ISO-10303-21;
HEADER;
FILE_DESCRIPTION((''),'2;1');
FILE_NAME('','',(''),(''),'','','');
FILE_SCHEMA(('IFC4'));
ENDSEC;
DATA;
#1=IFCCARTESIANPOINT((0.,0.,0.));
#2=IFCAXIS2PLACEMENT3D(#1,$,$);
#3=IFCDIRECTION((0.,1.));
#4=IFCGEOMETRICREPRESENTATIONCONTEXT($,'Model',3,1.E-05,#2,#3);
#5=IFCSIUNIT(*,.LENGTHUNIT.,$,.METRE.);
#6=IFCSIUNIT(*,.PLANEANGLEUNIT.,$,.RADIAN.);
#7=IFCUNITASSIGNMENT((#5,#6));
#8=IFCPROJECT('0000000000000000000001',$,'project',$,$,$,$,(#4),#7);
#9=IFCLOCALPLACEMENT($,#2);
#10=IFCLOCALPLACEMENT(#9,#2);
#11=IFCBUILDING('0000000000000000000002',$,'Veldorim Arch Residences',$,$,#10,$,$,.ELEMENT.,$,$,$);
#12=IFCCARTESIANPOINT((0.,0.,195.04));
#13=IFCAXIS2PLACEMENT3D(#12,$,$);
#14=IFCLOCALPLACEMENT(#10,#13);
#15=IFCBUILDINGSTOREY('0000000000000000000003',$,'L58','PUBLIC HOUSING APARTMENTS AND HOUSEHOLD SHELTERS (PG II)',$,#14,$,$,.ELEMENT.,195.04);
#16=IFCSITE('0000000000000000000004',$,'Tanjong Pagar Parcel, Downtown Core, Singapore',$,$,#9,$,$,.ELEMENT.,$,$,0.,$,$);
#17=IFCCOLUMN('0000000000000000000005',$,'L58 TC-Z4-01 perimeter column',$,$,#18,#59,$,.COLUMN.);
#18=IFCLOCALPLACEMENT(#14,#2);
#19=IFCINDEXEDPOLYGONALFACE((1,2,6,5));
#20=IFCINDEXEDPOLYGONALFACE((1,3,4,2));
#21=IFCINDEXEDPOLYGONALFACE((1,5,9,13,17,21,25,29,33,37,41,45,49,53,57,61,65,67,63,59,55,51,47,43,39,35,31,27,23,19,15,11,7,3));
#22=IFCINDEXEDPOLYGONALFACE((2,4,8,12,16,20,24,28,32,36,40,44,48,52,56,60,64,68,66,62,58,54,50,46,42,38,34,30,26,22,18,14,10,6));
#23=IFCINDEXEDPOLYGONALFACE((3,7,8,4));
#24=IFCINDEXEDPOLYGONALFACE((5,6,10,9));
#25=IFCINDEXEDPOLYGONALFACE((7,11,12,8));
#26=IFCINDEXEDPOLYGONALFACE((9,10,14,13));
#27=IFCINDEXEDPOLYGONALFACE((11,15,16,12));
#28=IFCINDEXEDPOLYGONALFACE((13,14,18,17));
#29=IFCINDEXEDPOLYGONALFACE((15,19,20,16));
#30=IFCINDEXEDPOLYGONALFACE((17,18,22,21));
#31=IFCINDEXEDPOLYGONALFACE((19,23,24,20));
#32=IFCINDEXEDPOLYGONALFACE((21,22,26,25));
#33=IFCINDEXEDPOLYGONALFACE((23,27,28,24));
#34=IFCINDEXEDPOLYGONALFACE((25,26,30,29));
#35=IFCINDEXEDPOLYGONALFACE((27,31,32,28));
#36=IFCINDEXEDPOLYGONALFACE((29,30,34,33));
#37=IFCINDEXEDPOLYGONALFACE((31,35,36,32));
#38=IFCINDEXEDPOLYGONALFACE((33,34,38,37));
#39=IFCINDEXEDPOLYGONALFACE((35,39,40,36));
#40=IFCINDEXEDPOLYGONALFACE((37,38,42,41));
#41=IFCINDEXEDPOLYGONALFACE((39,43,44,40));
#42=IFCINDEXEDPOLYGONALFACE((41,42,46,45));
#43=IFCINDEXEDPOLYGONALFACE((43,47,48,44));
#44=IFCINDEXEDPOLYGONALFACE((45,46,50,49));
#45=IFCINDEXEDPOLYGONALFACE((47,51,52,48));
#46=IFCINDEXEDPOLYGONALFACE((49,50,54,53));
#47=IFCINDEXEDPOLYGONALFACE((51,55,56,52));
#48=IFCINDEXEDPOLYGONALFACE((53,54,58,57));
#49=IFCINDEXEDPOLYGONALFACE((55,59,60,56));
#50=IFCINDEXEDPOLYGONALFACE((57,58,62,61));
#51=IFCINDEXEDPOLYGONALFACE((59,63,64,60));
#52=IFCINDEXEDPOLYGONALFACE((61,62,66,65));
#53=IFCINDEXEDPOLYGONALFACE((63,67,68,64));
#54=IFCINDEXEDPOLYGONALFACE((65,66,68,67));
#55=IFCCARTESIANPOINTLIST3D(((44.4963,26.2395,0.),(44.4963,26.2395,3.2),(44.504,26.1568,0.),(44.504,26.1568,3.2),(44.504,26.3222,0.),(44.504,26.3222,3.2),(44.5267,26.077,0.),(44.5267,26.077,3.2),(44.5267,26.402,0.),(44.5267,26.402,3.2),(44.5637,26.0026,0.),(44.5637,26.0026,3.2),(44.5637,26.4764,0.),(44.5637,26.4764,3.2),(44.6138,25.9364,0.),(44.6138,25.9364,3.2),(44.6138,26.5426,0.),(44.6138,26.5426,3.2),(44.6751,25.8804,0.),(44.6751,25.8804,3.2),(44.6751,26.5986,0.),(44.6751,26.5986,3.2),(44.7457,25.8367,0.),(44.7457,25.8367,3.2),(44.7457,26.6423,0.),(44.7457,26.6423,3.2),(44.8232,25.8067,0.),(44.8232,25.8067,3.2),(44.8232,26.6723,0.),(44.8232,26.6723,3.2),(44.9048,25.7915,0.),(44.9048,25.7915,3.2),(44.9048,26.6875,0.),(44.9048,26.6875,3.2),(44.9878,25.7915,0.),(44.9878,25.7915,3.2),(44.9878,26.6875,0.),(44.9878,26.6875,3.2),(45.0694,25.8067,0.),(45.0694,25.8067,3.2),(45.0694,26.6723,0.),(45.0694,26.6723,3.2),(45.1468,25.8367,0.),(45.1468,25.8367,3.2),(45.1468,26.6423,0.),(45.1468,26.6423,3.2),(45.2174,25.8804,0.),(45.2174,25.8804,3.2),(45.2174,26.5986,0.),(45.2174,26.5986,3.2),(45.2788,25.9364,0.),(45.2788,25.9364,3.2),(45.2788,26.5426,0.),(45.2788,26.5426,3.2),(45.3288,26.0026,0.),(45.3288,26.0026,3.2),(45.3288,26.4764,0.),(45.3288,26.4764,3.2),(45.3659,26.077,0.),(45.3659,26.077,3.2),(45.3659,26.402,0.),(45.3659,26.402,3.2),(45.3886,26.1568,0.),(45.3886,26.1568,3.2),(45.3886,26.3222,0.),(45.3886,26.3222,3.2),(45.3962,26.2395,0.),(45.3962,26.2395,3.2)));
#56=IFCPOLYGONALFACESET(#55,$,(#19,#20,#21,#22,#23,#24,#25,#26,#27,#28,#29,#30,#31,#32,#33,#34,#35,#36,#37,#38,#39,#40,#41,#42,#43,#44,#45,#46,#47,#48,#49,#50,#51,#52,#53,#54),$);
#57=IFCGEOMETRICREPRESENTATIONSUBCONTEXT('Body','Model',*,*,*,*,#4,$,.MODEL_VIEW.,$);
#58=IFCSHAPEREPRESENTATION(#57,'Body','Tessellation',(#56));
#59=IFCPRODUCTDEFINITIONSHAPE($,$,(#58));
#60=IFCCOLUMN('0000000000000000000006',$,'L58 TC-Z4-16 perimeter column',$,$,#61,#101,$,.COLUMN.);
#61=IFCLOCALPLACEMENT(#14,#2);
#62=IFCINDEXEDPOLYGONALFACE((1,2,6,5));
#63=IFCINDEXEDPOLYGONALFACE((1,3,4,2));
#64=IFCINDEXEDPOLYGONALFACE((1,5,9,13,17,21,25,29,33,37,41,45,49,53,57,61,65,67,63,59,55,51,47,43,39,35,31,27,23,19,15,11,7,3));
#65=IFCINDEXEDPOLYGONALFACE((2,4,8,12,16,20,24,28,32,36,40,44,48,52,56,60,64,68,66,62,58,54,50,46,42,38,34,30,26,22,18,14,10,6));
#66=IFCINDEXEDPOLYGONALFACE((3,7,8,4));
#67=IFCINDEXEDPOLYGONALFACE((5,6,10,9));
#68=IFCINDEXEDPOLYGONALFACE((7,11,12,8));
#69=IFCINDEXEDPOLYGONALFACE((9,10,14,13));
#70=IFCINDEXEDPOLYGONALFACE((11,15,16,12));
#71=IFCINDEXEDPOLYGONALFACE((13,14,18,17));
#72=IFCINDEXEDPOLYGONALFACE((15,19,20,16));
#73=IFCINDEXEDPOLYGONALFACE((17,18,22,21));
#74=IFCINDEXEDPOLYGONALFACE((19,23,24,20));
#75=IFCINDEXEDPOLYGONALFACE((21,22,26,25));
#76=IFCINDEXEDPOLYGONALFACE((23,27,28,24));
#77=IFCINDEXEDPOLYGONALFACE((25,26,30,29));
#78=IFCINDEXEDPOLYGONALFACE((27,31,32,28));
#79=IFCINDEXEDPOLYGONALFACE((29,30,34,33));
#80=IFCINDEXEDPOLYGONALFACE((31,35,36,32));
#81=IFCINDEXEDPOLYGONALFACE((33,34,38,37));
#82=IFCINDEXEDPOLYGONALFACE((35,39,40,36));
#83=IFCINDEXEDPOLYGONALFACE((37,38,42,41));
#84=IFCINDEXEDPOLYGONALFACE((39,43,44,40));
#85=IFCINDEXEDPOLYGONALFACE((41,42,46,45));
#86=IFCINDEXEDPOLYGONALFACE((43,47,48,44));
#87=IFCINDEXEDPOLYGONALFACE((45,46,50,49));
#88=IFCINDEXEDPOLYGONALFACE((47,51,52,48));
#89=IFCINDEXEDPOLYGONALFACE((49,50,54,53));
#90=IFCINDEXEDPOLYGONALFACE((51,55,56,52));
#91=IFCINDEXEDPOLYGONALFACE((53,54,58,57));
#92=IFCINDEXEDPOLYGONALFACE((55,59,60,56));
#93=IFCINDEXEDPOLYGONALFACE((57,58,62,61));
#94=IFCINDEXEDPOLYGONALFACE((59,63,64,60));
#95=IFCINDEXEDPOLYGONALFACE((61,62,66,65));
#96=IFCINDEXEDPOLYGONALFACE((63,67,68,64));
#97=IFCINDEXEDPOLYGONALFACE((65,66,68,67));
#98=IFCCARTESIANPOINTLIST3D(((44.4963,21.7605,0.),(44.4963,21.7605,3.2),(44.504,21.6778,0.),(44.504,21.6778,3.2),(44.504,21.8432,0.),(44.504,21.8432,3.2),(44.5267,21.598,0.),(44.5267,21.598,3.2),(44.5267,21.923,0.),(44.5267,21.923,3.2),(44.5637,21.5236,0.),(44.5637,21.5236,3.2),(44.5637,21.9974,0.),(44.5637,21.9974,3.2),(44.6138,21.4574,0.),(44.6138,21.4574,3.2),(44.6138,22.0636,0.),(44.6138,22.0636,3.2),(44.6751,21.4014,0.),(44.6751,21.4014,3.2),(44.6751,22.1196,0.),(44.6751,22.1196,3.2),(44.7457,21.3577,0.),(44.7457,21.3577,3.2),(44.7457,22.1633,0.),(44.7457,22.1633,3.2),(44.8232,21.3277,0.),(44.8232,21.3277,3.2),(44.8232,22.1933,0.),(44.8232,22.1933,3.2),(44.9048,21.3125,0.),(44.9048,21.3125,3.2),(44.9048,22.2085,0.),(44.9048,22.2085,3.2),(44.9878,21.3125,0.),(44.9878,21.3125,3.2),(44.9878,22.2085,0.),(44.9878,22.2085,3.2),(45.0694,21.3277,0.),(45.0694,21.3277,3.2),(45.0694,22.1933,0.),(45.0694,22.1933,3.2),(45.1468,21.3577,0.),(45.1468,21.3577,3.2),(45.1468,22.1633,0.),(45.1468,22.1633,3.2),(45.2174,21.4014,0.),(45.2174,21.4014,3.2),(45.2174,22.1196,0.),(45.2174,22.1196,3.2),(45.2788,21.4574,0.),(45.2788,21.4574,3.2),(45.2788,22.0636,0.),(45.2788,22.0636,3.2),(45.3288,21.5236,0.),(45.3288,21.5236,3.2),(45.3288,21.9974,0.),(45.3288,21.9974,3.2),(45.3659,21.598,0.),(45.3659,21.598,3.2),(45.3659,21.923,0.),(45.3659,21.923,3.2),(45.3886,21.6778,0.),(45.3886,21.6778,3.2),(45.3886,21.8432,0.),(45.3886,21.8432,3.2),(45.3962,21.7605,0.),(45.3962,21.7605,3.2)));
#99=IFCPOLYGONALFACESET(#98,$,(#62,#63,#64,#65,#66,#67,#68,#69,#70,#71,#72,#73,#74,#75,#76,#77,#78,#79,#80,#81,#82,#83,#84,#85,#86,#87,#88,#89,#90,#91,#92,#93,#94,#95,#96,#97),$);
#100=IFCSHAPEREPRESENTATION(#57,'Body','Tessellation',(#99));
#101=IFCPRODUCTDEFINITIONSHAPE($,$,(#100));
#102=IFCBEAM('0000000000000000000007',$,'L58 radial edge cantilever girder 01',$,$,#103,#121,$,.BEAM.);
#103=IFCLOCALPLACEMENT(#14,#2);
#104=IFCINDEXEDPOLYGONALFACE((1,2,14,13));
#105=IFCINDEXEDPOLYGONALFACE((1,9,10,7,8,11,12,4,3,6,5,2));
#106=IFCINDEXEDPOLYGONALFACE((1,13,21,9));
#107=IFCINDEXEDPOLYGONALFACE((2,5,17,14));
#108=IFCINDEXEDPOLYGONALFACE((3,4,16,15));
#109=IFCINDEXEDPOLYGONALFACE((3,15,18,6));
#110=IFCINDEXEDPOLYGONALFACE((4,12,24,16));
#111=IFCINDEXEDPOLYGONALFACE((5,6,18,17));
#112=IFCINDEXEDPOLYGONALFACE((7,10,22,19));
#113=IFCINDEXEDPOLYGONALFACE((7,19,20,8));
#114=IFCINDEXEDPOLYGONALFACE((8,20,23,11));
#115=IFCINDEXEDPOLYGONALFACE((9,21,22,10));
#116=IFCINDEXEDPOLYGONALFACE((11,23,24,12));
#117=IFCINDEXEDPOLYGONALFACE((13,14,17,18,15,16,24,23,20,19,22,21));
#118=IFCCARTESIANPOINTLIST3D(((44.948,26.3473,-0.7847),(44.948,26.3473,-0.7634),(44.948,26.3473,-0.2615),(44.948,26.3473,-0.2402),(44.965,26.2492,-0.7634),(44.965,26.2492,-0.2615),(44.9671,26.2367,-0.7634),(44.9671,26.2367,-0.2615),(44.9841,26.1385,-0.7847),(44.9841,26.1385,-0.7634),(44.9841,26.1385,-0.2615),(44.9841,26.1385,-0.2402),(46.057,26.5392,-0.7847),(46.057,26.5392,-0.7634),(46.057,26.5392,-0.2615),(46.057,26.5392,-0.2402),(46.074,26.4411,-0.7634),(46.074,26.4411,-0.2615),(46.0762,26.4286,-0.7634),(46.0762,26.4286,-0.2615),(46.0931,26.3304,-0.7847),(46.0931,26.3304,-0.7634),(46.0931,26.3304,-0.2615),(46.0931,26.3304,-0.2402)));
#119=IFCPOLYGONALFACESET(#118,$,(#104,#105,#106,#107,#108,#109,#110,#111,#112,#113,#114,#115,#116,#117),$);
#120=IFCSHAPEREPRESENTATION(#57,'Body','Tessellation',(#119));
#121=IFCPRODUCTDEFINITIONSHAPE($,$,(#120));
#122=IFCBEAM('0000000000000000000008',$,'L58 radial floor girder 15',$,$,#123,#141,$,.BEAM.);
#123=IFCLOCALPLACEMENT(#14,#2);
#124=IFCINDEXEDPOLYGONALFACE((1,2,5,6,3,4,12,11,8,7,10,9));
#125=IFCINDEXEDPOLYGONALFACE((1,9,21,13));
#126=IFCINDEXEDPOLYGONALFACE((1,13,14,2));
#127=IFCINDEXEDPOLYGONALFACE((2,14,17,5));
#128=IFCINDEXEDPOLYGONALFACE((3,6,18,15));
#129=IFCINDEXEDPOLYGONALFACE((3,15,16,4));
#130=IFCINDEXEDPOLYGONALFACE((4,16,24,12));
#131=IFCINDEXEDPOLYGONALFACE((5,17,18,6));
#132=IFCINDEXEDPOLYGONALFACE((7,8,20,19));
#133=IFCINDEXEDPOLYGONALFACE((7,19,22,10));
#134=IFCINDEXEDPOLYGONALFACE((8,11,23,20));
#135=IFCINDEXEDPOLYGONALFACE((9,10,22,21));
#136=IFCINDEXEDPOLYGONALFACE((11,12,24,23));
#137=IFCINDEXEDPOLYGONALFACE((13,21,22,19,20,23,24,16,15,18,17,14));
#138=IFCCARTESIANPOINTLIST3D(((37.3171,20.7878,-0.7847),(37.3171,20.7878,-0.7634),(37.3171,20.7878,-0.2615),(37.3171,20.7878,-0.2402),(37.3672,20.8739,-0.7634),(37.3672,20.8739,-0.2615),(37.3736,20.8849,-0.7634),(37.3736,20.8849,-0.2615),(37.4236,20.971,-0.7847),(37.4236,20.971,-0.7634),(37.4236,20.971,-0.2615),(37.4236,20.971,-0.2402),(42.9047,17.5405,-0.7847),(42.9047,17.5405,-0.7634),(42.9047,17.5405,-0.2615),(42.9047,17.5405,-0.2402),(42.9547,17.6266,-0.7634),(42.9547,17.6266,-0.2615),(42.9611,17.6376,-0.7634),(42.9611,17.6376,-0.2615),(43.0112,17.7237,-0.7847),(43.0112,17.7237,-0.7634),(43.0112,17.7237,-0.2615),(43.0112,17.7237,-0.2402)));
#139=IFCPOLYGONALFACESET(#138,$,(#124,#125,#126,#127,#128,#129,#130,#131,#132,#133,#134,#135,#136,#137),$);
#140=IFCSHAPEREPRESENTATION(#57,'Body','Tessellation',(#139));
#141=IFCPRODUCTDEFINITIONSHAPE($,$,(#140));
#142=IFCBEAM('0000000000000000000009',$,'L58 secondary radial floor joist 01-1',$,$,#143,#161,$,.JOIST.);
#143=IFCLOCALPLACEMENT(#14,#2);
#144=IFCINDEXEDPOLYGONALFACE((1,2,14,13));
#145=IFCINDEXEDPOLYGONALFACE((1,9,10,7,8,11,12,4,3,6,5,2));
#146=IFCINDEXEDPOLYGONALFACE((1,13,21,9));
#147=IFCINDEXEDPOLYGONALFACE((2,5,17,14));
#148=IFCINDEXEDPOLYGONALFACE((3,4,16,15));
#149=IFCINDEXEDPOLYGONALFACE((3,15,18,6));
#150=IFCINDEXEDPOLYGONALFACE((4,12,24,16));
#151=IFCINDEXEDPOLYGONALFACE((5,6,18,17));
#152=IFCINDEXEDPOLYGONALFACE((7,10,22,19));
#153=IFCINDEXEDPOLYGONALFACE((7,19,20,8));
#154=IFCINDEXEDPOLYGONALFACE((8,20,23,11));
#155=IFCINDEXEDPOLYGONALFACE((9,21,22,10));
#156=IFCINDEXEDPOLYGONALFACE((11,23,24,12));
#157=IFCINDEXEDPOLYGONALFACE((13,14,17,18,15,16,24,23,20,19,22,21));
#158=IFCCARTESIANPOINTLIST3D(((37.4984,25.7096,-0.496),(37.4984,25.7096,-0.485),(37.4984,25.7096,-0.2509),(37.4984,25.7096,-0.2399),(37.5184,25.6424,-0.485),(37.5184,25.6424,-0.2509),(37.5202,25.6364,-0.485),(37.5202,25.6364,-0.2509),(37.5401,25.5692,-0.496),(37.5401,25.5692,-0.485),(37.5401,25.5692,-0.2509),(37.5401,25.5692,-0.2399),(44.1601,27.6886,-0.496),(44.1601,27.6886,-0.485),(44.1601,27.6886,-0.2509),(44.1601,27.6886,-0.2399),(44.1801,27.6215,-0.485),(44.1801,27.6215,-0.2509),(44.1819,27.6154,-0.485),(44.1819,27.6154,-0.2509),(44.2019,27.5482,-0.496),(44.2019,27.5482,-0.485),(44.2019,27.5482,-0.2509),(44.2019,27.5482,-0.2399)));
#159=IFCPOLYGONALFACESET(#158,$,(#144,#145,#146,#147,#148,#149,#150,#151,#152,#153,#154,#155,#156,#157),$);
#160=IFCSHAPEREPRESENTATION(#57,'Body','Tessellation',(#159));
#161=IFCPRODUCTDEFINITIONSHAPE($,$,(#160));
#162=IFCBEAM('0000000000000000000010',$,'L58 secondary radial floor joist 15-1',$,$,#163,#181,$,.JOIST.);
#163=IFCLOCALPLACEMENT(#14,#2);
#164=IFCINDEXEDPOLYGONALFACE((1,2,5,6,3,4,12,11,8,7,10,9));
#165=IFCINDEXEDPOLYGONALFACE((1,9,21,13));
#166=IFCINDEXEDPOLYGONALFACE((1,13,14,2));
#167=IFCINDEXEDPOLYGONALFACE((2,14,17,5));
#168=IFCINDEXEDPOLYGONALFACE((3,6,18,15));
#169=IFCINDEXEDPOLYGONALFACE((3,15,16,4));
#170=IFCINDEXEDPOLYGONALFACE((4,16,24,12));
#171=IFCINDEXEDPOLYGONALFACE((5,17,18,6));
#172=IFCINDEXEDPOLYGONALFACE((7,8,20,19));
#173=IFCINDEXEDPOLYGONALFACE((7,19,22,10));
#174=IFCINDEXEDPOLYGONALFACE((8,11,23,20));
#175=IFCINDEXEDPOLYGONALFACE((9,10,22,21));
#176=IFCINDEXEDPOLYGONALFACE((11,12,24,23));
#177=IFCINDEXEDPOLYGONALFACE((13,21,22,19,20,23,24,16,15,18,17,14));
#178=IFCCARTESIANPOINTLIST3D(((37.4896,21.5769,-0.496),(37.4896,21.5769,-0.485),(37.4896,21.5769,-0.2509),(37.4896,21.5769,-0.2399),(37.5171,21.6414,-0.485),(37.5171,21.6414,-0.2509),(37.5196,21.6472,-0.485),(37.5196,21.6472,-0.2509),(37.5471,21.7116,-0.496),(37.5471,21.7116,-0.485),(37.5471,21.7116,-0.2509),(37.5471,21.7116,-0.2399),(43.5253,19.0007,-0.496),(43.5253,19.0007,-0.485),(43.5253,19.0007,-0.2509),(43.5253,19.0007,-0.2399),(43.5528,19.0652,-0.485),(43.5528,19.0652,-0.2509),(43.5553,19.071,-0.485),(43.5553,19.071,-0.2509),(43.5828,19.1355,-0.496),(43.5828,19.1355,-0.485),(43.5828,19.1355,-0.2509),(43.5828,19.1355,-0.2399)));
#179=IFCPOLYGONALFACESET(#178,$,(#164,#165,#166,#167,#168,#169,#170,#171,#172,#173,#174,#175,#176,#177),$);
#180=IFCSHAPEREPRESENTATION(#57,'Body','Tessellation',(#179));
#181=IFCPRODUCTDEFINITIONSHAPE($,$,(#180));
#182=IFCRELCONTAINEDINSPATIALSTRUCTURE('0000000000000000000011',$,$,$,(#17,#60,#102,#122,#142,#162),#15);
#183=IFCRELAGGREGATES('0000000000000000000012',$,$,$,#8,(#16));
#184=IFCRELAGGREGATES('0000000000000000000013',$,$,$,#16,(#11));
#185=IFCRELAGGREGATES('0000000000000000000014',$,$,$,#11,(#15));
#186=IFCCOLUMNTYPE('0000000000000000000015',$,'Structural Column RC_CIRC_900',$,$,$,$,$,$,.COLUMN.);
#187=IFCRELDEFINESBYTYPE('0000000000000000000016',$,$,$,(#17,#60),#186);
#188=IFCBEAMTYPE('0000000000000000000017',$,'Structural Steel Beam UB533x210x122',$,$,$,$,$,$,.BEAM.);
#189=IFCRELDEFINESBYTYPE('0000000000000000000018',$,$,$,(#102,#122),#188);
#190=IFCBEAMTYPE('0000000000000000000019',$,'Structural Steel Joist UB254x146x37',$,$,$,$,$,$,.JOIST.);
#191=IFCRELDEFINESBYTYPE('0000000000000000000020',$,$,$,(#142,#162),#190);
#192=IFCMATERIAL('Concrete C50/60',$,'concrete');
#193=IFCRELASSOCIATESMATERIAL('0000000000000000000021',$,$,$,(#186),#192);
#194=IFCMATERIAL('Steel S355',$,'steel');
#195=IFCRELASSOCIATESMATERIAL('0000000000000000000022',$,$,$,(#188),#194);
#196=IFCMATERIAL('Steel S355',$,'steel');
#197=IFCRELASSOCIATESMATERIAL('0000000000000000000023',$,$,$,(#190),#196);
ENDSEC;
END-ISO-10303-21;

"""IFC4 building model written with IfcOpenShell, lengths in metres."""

from ifc_helpers import new_model, si_unit, direction, frame, origin, origin_2d, place, context, subcontext, project, spatial, circle, i_section, extrude, material, material_profile, profile_set, type_object, element, save


model = new_model("IFC4")

# Units and contexts
model_context = context("Model", 3, precision=1e-05, world=origin(), true_north=direction((0.0, 1.0)))
body_context = subcontext(model_context, "Body", "Model", "MODEL_VIEW")
ifc_project = project(units=[si_unit("LENGTHUNIT", "METRE"), si_unit("PLANEANGLEUNIT", "RADIAN")], contexts=[model_context])

# Site, building, storey
site_placement = place(None, origin())
site = spatial("IfcSite", under=ifc_project, at=site_placement, Name="Tanjong Pagar Parcel, Downtown Core, Singapore", CompositionType="ELEMENT", RefElevation=0.0)
building_placement = place(site_placement, origin())
building = spatial("IfcBuilding", under=site, at=building_placement, Name="Veldorim Arch Residences", CompositionType="ELEMENT")
storey_placement = place(building_placement, frame((0.0, 0.0, 195.04)))
storey = spatial("IfcBuildingStorey", under=building, at=storey_placement, Name="L58", Description="PUBLIC HOUSING APARTMENTS AND HOUSEHOLD SHELTERS (PG II)", CompositionType="ELEMENT", Elevation=195.04)

# Columns
ifc_material_1 = material(Name="Concrete C50/60", Category="concrete")
ifc_material_profile_1 = material_profile(ifc_material_1, circle(Radius=0.45, at=origin_2d()), Name="RC_CIRC_900")
ifc_profile_set_1 = profile_set([ifc_material_profile_1], Name="Concrete C50/60")
column_type = type_object("IfcColumnType", Name="Structural Column RC_CIRC_900", PredefinedType="COLUMN", material=ifc_profile_set_1)
for number, where, z_axis, x_axis, name in (
    (1, (44.9463, 26.2395, 0.0), (0.0, 0.0, 1.0), (1.0, 0.0, 0.0), "L58 TC-Z4-01 perimeter column"),
    (2, (44.9463, 21.7605, 0.0), (0.0, 0.0, 1.0), (1.0, 0.0, 0.0), "L58 TC-Z4-16 perimeter column"),
):
    element("IfcColumn", number, at=place(storey_placement, frame(where, z_axis=z_axis, x_axis=x_axis)), inside=storey, type_object=column_type, Name=name, PredefinedType="COLUMN", context=body_context, shape_type="SweptSolid", body=[
        extrude(circle(Radius=0.45, at=origin_2d()), origin(), (0.0, 0.0, 1.0), 3.2),
    ])

# Beams
ifc_material_2 = material(Name="Steel S355", Category="steel")
ifc_material_profile_2 = material_profile(ifc_material_2, i_section(OverallWidth=0.2119, OverallDepth=0.5444, WebThickness=0.0127, FlangeThickness=0.0212, at=origin_2d()), Name="UB533x210x122")
ifc_profile_set_2 = profile_set([ifc_material_profile_2], Name="Steel S355")
beam_type_1 = type_object("IfcBeamType", Name="Structural Steel Beam UB533x210x122", PredefinedType="BEAM", material=ifc_profile_set_2)
beam_1_placement = place(storey_placement, frame((44.9661, 26.2429, -0.5125), z_axis=(0.985355, 0.170517, 0.0), x_axis=(-0.170517, 0.985355, 0.0)))
element("IfcBeam", 3, at=beam_1_placement, inside=storey, type_object=beam_type_1, Name="L58 radial edge cantilever girder 01", PredefinedType="BEAM", context=body_context, shape_type="SweptSolid", body=[
    extrude(i_section(OverallWidth=0.2119, OverallDepth=0.5444, WebThickness=0.0127, FlangeThickness=0.0212, at=origin_2d()), origin(), (0.0, 0.0, 1.0), 1.1255),
])
beam_2_placement = place(storey_placement, frame((37.3704, 20.8794, -0.5125), z_axis=(0.864596, -0.502468, 0.0), x_axis=(0.502468, 0.864596, 0.0)))
element("IfcBeam", 4, at=beam_2_placement, inside=storey, type_object=beam_type_1, Name="L58 radial floor girder 15", PredefinedType="BEAM", context=body_context, shape_type="SweptSolid", body=[
    extrude(i_section(OverallWidth=0.2119, OverallDepth=0.5444, WebThickness=0.0127, FlangeThickness=0.0212, at=origin_2d()), origin(), (0.0, 0.0, 1.0), 6.4626),
])
ifc_material_3 = material(Name="Steel S355", Category="steel")
ifc_material_profile_3 = material_profile(ifc_material_3, i_section(OverallWidth=0.1465, OverallDepth=0.2561, WebThickness=0.0063, FlangeThickness=0.011, at=origin_2d()), Name="UB254x146x37")
ifc_profile_set_3 = profile_set([ifc_material_profile_3], Name="Steel S355")
beam_type_2 = type_object("IfcBeamType", Name="Structural Steel Joist UB254x146x37", PredefinedType="JOIST", material=ifc_profile_set_3)
beam_3_placement = place(storey_placement, frame((37.5193, 25.6394, -0.3679), z_axis=(0.958594, 0.284775, 0.0), x_axis=(-0.284775, 0.958594, 0.0)))
element("IfcBeam", 5, at=beam_3_placement, inside=storey, type_object=beam_type_2, Name="L58 secondary radial floor joist 01-1", PredefinedType="JOIST", context=body_context, shape_type="SweptSolid", body=[
    extrude(i_section(OverallWidth=0.1465, OverallDepth=0.2561, WebThickness=0.0063, FlangeThickness=0.011, at=origin_2d()), origin(), (0.0, 0.0, 1.0), 6.9495),
])
beam_4_placement = place(storey_placement, frame((37.5183, 21.6443, -0.3679), z_axis=(0.919725, -0.392563, 0.0), x_axis=(0.392563, 0.919725, 0.0)))
element("IfcBeam", 6, at=beam_4_placement, inside=storey, type_object=beam_type_2, Name="L58 secondary radial floor joist 15-1", PredefinedType="JOIST", context=body_context, shape_type="SweptSolid", body=[
    extrude(i_section(OverallWidth=0.1465, OverallDepth=0.2561, WebThickness=0.0063, FlangeThickness=0.011, at=origin_2d()), origin(), (0.0, 0.0, 1.0), 6.5625),
])

save(model, "model.ifc")
